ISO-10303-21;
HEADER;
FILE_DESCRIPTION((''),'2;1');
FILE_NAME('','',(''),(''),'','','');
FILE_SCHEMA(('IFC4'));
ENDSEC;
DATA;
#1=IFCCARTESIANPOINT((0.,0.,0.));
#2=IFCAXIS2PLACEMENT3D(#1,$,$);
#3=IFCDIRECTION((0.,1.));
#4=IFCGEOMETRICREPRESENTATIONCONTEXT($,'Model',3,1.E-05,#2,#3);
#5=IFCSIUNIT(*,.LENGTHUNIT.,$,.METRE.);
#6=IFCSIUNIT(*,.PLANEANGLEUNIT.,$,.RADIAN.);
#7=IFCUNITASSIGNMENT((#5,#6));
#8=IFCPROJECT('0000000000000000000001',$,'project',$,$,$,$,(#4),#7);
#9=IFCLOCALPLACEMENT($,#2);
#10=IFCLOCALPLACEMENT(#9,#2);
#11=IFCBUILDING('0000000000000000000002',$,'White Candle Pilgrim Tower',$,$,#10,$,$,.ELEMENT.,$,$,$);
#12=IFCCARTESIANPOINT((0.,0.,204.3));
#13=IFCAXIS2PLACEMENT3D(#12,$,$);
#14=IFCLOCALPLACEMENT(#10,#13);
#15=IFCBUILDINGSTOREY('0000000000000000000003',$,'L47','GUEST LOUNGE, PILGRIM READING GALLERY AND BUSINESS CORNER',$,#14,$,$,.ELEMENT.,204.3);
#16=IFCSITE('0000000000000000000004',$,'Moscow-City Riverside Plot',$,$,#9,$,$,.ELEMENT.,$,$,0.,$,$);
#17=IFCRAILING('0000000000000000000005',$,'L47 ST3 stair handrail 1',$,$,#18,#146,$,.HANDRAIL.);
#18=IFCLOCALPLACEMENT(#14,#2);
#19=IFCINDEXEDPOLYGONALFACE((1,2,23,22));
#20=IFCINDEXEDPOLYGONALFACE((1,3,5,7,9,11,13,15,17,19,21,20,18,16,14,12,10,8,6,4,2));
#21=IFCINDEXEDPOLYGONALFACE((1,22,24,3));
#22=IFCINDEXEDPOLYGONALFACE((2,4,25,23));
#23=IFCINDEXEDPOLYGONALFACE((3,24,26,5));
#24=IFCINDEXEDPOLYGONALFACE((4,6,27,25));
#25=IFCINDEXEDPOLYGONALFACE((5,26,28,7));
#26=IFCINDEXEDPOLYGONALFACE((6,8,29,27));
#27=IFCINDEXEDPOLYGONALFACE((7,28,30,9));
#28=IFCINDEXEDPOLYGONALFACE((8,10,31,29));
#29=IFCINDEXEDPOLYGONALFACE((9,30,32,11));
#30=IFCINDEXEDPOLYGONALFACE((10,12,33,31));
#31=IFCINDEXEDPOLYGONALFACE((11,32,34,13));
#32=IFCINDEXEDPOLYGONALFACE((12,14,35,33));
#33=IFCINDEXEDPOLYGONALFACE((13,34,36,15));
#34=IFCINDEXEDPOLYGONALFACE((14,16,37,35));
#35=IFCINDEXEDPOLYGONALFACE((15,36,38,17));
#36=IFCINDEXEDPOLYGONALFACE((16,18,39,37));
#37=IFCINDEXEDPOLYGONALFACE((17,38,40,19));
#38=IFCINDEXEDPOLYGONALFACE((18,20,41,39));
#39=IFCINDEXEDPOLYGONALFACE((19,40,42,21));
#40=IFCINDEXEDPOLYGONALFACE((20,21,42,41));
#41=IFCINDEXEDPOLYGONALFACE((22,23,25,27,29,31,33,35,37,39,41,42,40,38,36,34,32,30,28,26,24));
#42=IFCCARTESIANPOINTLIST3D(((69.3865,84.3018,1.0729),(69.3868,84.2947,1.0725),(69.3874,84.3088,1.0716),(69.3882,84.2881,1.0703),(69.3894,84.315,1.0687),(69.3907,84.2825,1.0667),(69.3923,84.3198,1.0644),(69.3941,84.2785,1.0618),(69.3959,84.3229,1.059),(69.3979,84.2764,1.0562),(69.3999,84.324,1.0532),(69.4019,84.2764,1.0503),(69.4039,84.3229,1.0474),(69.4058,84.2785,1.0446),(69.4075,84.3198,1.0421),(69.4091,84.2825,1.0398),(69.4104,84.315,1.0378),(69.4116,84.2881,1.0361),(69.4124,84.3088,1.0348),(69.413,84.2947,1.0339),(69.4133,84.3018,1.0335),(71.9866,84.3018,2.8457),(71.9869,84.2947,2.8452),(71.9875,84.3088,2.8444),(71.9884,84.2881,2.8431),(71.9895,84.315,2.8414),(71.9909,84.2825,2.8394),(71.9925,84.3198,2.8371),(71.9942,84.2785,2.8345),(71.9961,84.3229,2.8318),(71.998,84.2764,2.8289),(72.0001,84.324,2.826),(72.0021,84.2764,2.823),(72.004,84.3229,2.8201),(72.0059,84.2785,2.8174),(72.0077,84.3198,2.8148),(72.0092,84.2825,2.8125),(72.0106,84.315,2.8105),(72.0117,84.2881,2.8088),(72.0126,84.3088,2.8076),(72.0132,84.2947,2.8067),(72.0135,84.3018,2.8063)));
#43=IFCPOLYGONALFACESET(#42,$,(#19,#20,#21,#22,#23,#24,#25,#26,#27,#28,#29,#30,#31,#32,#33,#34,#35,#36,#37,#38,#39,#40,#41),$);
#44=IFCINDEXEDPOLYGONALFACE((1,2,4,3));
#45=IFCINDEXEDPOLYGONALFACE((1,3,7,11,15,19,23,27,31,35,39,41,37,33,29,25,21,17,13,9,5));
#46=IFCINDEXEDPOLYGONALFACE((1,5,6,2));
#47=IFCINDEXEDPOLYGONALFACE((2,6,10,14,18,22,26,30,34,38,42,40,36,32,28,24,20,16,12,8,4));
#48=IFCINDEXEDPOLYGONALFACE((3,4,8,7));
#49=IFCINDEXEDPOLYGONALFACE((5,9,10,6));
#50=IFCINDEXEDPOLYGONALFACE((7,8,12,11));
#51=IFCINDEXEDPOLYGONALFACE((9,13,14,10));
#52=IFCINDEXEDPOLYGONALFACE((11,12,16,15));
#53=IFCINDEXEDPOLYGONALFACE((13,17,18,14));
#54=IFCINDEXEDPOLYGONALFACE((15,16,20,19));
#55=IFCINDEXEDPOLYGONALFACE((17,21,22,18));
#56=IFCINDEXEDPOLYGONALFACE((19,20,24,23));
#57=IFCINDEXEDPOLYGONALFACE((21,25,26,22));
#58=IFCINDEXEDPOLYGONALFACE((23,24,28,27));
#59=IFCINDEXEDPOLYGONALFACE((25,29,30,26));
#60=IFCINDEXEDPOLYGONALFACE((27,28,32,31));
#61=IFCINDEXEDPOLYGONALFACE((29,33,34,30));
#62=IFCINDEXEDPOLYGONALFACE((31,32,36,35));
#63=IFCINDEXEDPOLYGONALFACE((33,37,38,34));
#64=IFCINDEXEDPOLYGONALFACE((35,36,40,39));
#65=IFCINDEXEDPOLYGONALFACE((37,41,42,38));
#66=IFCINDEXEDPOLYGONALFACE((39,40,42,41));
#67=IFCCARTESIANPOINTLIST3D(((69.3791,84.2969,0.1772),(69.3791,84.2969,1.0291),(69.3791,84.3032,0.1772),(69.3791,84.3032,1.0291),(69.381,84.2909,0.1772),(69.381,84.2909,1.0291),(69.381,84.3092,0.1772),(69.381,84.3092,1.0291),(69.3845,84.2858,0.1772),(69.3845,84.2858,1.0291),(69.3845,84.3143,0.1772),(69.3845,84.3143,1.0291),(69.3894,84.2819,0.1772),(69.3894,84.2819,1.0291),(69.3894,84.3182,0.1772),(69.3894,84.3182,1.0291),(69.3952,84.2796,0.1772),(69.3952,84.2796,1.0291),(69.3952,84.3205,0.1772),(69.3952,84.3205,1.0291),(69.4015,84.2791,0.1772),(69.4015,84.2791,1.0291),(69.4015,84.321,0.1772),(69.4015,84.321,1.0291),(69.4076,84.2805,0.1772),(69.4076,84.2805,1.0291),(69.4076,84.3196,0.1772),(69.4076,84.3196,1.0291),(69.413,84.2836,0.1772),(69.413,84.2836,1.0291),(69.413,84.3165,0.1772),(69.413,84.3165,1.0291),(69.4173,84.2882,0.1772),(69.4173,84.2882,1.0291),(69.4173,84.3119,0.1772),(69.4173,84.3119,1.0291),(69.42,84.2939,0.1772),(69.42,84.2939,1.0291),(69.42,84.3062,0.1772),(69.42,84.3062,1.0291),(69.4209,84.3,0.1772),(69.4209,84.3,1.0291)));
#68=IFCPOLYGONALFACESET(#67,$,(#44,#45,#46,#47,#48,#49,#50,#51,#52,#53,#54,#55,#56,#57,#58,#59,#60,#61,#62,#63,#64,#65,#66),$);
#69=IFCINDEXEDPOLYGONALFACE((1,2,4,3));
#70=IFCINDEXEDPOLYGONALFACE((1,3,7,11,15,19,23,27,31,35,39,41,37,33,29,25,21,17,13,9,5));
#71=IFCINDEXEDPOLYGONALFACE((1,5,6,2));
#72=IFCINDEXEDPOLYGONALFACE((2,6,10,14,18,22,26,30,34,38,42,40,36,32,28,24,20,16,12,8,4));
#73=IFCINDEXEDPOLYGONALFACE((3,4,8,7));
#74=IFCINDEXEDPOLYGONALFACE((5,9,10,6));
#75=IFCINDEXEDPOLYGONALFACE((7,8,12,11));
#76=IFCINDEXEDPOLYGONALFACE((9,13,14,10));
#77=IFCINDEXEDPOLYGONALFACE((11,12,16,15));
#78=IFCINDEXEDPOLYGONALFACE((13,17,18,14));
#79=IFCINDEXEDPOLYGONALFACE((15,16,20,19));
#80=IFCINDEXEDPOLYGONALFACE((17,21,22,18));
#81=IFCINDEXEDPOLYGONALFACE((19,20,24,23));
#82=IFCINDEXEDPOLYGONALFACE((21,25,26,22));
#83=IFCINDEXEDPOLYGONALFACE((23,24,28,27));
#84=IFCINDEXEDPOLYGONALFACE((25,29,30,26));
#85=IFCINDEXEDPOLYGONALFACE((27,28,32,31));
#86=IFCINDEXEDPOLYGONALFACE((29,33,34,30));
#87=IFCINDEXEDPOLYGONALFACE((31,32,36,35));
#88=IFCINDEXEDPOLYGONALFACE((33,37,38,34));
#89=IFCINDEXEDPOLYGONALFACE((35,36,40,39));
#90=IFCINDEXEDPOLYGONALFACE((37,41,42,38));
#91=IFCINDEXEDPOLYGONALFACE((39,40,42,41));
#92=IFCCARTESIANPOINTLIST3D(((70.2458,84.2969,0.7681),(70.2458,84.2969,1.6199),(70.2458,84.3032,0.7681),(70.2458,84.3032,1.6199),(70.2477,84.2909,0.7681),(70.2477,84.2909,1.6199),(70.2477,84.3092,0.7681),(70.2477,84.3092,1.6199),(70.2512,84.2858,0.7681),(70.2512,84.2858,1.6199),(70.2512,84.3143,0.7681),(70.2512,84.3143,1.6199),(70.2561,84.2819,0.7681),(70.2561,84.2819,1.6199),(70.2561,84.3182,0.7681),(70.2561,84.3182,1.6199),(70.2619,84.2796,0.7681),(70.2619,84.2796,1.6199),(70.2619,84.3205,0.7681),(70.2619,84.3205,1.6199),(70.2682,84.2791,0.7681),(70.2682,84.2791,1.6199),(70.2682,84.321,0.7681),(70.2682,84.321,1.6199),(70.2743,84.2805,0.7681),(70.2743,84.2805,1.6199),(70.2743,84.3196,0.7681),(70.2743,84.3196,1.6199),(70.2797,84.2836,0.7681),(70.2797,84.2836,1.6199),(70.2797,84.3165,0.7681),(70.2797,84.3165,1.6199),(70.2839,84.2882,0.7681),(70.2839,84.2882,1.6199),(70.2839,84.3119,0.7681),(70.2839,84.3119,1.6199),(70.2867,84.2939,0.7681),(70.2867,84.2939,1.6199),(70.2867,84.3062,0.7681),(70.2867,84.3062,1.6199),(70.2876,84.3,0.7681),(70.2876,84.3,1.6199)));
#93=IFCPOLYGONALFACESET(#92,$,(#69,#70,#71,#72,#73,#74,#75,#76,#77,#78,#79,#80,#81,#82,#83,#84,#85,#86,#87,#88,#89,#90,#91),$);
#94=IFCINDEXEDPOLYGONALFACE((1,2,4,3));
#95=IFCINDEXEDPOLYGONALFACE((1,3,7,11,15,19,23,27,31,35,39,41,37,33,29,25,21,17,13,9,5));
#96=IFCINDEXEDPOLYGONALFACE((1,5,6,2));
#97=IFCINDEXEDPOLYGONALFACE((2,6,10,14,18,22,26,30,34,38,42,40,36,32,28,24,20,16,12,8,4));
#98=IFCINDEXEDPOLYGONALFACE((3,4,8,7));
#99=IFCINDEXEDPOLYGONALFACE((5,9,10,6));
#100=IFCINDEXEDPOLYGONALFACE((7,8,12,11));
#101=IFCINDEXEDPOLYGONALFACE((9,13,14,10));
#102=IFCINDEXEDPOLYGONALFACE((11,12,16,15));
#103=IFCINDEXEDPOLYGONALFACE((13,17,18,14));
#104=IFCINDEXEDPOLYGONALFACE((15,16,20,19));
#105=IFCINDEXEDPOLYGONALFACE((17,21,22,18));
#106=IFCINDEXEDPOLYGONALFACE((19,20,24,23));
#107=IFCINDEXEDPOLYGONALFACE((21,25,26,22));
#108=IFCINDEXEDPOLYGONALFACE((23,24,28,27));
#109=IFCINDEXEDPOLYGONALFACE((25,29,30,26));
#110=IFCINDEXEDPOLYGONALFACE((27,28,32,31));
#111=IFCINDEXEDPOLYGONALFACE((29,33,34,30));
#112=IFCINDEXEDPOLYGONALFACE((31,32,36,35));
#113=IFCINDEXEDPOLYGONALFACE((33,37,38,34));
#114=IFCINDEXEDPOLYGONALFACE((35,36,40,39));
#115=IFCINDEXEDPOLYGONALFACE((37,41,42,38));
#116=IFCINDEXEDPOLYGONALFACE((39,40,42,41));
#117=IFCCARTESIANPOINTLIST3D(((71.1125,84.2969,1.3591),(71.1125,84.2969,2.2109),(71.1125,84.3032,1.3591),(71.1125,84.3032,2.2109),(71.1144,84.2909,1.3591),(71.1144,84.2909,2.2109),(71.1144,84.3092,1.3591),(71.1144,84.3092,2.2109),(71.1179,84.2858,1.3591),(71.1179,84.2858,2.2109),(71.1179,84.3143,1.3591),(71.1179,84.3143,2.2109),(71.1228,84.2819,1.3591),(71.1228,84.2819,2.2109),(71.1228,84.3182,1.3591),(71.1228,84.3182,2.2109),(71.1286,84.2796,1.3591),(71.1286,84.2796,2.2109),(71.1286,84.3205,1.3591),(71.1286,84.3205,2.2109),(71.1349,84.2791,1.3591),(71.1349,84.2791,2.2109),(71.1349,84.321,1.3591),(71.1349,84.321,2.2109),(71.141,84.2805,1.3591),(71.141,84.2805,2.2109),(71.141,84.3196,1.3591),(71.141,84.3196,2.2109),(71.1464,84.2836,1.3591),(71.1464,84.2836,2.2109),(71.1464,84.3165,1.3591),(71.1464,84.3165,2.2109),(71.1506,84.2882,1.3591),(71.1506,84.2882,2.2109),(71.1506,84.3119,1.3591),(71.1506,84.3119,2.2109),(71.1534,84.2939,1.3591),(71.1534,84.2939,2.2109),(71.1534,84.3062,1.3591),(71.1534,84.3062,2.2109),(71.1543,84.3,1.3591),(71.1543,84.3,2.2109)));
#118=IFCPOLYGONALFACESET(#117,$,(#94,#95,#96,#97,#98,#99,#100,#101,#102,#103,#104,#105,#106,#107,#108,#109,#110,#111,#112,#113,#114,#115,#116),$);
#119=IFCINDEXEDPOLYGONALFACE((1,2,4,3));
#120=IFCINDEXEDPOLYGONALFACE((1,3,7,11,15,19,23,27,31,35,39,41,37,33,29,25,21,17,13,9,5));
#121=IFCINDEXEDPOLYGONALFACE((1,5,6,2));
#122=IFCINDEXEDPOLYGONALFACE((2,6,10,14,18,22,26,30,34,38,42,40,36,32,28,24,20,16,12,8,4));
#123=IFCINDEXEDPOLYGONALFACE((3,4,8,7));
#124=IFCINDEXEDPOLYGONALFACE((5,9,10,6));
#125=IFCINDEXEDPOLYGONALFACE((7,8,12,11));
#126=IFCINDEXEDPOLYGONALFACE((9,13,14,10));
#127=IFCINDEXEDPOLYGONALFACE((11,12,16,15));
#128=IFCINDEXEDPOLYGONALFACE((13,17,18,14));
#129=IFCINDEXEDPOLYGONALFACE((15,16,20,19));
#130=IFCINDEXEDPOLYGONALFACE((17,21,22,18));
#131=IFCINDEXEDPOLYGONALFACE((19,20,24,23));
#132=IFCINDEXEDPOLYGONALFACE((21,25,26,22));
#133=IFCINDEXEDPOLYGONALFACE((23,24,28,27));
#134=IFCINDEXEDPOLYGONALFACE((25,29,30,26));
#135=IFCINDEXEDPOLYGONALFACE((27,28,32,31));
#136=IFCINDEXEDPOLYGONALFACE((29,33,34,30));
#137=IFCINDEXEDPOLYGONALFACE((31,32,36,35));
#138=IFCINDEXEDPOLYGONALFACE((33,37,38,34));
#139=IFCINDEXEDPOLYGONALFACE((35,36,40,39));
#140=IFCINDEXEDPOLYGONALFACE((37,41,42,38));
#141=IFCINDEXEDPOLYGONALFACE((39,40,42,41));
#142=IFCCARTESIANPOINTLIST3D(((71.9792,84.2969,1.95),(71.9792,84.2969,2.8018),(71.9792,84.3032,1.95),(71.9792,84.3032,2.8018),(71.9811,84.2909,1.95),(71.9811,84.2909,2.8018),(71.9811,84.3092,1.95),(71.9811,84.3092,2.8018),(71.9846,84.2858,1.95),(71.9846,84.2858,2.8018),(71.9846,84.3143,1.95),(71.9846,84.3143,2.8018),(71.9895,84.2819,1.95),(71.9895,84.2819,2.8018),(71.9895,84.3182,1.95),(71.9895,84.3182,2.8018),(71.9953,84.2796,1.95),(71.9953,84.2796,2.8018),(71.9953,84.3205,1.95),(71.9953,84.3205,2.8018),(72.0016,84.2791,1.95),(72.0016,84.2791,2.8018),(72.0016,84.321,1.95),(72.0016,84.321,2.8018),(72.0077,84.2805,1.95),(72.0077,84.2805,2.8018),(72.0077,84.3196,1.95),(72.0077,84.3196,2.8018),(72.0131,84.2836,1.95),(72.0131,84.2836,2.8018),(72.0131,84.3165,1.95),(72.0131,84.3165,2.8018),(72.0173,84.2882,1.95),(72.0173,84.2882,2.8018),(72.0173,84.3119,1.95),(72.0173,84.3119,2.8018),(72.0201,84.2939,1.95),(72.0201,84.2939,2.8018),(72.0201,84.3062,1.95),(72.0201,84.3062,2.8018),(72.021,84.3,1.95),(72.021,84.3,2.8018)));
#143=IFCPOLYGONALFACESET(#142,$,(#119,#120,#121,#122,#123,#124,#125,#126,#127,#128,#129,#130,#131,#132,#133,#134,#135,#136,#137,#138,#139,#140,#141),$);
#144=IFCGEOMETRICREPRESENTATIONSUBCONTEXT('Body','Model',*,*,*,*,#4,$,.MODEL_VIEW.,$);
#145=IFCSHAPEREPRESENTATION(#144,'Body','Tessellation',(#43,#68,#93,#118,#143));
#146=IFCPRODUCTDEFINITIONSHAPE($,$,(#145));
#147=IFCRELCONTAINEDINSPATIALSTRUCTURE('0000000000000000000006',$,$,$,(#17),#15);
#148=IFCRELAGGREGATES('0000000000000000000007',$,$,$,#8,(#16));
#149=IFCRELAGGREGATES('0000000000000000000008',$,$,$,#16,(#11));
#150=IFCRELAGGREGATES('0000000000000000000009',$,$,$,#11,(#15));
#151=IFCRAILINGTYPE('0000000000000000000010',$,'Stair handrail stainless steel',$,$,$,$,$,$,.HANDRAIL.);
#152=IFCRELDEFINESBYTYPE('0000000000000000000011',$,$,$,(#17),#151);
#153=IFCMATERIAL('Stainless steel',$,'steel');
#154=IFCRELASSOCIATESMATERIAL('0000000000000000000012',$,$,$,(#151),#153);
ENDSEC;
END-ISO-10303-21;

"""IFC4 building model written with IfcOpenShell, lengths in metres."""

from ifc_helpers import new_model, si_unit, direction, frame, origin, origin_2d, place, context, subcontext, project, spatial, circle, extrude, material, type_object, element, save


model = new_model("IFC4")

# Units and contexts
model_context = context("Model", 3, precision=1e-05, world=origin(), true_north=direction((0.0, 1.0)))
body_context = subcontext(model_context, "Body", "Model", "MODEL_VIEW")
ifc_project = project(units=[si_unit("LENGTHUNIT", "METRE"), si_unit("PLANEANGLEUNIT", "RADIAN")], contexts=[model_context])

# Site, building, storey
site_placement = place(None, origin())
site = spatial("IfcSite", under=ifc_project, at=site_placement, Name="Moscow-City Riverside Plot", CompositionType="ELEMENT", RefElevation=0.0)
building_placement = place(site_placement, origin())
building = spatial("IfcBuilding", under=site, at=building_placement, Name="White Candle Pilgrim Tower", CompositionType="ELEMENT")
storey_placement = place(building_placement, frame((0.0, 0.0, 204.3)))
storey = spatial("IfcBuildingStorey", under=building, at=storey_placement, Name="L47", Description="GUEST LOUNGE, PILGRIM READING GALLERY AND BUSINESS CORNER", CompositionType="ELEMENT", Elevation=204.3)

# Shared definitions
ifc_material_1 = material(Name="Stainless steel", Category="steel")

# Railing
railing_type_1 = type_object("IfcRailingType", Name="Stair handrail stainless steel", PredefinedType="HANDRAIL", material=ifc_material_1)
railing_1_placement = place(storey_placement, frame((69.3999, 84.3, 0.1772)))
element("IfcRailing", 1, at=railing_1_placement, inside=storey, type_object=railing_type_1, Name="L47 ST3 stair handrail 1", PredefinedType="HANDRAIL", context=body_context, shape_type="SweptSolid", body=[
    extrude(circle(Radius=0.0239, at=origin_2d()), frame((0.0, 0.0, 0.876), z_axis=(0.82624, 0.0, 0.563318), x_axis=(0.0, 1.0, 0.0)), (0.0, 0.0, 1.0), 3.147),
    extrude(circle(Radius=0.021, at=origin_2d()), origin(), (0.0, 0.0, 1.0), 0.8518),
    extrude(circle(Radius=0.021, at=origin_2d()), frame((0.8667, 0.0, 0.5908)), (0.0, 0.0, 1.0), 0.8518),
    extrude(circle(Radius=0.021, at=origin_2d()), frame((1.7334, 0.0, 1.1819)), (0.0, 0.0, 1.0), 0.8518),
    extrude(circle(Radius=0.021, at=origin_2d()), frame((2.6001, 0.0, 1.7727)), (0.0, 0.0, 1.0), 0.8518),
])

save(model, "model.ifc")
